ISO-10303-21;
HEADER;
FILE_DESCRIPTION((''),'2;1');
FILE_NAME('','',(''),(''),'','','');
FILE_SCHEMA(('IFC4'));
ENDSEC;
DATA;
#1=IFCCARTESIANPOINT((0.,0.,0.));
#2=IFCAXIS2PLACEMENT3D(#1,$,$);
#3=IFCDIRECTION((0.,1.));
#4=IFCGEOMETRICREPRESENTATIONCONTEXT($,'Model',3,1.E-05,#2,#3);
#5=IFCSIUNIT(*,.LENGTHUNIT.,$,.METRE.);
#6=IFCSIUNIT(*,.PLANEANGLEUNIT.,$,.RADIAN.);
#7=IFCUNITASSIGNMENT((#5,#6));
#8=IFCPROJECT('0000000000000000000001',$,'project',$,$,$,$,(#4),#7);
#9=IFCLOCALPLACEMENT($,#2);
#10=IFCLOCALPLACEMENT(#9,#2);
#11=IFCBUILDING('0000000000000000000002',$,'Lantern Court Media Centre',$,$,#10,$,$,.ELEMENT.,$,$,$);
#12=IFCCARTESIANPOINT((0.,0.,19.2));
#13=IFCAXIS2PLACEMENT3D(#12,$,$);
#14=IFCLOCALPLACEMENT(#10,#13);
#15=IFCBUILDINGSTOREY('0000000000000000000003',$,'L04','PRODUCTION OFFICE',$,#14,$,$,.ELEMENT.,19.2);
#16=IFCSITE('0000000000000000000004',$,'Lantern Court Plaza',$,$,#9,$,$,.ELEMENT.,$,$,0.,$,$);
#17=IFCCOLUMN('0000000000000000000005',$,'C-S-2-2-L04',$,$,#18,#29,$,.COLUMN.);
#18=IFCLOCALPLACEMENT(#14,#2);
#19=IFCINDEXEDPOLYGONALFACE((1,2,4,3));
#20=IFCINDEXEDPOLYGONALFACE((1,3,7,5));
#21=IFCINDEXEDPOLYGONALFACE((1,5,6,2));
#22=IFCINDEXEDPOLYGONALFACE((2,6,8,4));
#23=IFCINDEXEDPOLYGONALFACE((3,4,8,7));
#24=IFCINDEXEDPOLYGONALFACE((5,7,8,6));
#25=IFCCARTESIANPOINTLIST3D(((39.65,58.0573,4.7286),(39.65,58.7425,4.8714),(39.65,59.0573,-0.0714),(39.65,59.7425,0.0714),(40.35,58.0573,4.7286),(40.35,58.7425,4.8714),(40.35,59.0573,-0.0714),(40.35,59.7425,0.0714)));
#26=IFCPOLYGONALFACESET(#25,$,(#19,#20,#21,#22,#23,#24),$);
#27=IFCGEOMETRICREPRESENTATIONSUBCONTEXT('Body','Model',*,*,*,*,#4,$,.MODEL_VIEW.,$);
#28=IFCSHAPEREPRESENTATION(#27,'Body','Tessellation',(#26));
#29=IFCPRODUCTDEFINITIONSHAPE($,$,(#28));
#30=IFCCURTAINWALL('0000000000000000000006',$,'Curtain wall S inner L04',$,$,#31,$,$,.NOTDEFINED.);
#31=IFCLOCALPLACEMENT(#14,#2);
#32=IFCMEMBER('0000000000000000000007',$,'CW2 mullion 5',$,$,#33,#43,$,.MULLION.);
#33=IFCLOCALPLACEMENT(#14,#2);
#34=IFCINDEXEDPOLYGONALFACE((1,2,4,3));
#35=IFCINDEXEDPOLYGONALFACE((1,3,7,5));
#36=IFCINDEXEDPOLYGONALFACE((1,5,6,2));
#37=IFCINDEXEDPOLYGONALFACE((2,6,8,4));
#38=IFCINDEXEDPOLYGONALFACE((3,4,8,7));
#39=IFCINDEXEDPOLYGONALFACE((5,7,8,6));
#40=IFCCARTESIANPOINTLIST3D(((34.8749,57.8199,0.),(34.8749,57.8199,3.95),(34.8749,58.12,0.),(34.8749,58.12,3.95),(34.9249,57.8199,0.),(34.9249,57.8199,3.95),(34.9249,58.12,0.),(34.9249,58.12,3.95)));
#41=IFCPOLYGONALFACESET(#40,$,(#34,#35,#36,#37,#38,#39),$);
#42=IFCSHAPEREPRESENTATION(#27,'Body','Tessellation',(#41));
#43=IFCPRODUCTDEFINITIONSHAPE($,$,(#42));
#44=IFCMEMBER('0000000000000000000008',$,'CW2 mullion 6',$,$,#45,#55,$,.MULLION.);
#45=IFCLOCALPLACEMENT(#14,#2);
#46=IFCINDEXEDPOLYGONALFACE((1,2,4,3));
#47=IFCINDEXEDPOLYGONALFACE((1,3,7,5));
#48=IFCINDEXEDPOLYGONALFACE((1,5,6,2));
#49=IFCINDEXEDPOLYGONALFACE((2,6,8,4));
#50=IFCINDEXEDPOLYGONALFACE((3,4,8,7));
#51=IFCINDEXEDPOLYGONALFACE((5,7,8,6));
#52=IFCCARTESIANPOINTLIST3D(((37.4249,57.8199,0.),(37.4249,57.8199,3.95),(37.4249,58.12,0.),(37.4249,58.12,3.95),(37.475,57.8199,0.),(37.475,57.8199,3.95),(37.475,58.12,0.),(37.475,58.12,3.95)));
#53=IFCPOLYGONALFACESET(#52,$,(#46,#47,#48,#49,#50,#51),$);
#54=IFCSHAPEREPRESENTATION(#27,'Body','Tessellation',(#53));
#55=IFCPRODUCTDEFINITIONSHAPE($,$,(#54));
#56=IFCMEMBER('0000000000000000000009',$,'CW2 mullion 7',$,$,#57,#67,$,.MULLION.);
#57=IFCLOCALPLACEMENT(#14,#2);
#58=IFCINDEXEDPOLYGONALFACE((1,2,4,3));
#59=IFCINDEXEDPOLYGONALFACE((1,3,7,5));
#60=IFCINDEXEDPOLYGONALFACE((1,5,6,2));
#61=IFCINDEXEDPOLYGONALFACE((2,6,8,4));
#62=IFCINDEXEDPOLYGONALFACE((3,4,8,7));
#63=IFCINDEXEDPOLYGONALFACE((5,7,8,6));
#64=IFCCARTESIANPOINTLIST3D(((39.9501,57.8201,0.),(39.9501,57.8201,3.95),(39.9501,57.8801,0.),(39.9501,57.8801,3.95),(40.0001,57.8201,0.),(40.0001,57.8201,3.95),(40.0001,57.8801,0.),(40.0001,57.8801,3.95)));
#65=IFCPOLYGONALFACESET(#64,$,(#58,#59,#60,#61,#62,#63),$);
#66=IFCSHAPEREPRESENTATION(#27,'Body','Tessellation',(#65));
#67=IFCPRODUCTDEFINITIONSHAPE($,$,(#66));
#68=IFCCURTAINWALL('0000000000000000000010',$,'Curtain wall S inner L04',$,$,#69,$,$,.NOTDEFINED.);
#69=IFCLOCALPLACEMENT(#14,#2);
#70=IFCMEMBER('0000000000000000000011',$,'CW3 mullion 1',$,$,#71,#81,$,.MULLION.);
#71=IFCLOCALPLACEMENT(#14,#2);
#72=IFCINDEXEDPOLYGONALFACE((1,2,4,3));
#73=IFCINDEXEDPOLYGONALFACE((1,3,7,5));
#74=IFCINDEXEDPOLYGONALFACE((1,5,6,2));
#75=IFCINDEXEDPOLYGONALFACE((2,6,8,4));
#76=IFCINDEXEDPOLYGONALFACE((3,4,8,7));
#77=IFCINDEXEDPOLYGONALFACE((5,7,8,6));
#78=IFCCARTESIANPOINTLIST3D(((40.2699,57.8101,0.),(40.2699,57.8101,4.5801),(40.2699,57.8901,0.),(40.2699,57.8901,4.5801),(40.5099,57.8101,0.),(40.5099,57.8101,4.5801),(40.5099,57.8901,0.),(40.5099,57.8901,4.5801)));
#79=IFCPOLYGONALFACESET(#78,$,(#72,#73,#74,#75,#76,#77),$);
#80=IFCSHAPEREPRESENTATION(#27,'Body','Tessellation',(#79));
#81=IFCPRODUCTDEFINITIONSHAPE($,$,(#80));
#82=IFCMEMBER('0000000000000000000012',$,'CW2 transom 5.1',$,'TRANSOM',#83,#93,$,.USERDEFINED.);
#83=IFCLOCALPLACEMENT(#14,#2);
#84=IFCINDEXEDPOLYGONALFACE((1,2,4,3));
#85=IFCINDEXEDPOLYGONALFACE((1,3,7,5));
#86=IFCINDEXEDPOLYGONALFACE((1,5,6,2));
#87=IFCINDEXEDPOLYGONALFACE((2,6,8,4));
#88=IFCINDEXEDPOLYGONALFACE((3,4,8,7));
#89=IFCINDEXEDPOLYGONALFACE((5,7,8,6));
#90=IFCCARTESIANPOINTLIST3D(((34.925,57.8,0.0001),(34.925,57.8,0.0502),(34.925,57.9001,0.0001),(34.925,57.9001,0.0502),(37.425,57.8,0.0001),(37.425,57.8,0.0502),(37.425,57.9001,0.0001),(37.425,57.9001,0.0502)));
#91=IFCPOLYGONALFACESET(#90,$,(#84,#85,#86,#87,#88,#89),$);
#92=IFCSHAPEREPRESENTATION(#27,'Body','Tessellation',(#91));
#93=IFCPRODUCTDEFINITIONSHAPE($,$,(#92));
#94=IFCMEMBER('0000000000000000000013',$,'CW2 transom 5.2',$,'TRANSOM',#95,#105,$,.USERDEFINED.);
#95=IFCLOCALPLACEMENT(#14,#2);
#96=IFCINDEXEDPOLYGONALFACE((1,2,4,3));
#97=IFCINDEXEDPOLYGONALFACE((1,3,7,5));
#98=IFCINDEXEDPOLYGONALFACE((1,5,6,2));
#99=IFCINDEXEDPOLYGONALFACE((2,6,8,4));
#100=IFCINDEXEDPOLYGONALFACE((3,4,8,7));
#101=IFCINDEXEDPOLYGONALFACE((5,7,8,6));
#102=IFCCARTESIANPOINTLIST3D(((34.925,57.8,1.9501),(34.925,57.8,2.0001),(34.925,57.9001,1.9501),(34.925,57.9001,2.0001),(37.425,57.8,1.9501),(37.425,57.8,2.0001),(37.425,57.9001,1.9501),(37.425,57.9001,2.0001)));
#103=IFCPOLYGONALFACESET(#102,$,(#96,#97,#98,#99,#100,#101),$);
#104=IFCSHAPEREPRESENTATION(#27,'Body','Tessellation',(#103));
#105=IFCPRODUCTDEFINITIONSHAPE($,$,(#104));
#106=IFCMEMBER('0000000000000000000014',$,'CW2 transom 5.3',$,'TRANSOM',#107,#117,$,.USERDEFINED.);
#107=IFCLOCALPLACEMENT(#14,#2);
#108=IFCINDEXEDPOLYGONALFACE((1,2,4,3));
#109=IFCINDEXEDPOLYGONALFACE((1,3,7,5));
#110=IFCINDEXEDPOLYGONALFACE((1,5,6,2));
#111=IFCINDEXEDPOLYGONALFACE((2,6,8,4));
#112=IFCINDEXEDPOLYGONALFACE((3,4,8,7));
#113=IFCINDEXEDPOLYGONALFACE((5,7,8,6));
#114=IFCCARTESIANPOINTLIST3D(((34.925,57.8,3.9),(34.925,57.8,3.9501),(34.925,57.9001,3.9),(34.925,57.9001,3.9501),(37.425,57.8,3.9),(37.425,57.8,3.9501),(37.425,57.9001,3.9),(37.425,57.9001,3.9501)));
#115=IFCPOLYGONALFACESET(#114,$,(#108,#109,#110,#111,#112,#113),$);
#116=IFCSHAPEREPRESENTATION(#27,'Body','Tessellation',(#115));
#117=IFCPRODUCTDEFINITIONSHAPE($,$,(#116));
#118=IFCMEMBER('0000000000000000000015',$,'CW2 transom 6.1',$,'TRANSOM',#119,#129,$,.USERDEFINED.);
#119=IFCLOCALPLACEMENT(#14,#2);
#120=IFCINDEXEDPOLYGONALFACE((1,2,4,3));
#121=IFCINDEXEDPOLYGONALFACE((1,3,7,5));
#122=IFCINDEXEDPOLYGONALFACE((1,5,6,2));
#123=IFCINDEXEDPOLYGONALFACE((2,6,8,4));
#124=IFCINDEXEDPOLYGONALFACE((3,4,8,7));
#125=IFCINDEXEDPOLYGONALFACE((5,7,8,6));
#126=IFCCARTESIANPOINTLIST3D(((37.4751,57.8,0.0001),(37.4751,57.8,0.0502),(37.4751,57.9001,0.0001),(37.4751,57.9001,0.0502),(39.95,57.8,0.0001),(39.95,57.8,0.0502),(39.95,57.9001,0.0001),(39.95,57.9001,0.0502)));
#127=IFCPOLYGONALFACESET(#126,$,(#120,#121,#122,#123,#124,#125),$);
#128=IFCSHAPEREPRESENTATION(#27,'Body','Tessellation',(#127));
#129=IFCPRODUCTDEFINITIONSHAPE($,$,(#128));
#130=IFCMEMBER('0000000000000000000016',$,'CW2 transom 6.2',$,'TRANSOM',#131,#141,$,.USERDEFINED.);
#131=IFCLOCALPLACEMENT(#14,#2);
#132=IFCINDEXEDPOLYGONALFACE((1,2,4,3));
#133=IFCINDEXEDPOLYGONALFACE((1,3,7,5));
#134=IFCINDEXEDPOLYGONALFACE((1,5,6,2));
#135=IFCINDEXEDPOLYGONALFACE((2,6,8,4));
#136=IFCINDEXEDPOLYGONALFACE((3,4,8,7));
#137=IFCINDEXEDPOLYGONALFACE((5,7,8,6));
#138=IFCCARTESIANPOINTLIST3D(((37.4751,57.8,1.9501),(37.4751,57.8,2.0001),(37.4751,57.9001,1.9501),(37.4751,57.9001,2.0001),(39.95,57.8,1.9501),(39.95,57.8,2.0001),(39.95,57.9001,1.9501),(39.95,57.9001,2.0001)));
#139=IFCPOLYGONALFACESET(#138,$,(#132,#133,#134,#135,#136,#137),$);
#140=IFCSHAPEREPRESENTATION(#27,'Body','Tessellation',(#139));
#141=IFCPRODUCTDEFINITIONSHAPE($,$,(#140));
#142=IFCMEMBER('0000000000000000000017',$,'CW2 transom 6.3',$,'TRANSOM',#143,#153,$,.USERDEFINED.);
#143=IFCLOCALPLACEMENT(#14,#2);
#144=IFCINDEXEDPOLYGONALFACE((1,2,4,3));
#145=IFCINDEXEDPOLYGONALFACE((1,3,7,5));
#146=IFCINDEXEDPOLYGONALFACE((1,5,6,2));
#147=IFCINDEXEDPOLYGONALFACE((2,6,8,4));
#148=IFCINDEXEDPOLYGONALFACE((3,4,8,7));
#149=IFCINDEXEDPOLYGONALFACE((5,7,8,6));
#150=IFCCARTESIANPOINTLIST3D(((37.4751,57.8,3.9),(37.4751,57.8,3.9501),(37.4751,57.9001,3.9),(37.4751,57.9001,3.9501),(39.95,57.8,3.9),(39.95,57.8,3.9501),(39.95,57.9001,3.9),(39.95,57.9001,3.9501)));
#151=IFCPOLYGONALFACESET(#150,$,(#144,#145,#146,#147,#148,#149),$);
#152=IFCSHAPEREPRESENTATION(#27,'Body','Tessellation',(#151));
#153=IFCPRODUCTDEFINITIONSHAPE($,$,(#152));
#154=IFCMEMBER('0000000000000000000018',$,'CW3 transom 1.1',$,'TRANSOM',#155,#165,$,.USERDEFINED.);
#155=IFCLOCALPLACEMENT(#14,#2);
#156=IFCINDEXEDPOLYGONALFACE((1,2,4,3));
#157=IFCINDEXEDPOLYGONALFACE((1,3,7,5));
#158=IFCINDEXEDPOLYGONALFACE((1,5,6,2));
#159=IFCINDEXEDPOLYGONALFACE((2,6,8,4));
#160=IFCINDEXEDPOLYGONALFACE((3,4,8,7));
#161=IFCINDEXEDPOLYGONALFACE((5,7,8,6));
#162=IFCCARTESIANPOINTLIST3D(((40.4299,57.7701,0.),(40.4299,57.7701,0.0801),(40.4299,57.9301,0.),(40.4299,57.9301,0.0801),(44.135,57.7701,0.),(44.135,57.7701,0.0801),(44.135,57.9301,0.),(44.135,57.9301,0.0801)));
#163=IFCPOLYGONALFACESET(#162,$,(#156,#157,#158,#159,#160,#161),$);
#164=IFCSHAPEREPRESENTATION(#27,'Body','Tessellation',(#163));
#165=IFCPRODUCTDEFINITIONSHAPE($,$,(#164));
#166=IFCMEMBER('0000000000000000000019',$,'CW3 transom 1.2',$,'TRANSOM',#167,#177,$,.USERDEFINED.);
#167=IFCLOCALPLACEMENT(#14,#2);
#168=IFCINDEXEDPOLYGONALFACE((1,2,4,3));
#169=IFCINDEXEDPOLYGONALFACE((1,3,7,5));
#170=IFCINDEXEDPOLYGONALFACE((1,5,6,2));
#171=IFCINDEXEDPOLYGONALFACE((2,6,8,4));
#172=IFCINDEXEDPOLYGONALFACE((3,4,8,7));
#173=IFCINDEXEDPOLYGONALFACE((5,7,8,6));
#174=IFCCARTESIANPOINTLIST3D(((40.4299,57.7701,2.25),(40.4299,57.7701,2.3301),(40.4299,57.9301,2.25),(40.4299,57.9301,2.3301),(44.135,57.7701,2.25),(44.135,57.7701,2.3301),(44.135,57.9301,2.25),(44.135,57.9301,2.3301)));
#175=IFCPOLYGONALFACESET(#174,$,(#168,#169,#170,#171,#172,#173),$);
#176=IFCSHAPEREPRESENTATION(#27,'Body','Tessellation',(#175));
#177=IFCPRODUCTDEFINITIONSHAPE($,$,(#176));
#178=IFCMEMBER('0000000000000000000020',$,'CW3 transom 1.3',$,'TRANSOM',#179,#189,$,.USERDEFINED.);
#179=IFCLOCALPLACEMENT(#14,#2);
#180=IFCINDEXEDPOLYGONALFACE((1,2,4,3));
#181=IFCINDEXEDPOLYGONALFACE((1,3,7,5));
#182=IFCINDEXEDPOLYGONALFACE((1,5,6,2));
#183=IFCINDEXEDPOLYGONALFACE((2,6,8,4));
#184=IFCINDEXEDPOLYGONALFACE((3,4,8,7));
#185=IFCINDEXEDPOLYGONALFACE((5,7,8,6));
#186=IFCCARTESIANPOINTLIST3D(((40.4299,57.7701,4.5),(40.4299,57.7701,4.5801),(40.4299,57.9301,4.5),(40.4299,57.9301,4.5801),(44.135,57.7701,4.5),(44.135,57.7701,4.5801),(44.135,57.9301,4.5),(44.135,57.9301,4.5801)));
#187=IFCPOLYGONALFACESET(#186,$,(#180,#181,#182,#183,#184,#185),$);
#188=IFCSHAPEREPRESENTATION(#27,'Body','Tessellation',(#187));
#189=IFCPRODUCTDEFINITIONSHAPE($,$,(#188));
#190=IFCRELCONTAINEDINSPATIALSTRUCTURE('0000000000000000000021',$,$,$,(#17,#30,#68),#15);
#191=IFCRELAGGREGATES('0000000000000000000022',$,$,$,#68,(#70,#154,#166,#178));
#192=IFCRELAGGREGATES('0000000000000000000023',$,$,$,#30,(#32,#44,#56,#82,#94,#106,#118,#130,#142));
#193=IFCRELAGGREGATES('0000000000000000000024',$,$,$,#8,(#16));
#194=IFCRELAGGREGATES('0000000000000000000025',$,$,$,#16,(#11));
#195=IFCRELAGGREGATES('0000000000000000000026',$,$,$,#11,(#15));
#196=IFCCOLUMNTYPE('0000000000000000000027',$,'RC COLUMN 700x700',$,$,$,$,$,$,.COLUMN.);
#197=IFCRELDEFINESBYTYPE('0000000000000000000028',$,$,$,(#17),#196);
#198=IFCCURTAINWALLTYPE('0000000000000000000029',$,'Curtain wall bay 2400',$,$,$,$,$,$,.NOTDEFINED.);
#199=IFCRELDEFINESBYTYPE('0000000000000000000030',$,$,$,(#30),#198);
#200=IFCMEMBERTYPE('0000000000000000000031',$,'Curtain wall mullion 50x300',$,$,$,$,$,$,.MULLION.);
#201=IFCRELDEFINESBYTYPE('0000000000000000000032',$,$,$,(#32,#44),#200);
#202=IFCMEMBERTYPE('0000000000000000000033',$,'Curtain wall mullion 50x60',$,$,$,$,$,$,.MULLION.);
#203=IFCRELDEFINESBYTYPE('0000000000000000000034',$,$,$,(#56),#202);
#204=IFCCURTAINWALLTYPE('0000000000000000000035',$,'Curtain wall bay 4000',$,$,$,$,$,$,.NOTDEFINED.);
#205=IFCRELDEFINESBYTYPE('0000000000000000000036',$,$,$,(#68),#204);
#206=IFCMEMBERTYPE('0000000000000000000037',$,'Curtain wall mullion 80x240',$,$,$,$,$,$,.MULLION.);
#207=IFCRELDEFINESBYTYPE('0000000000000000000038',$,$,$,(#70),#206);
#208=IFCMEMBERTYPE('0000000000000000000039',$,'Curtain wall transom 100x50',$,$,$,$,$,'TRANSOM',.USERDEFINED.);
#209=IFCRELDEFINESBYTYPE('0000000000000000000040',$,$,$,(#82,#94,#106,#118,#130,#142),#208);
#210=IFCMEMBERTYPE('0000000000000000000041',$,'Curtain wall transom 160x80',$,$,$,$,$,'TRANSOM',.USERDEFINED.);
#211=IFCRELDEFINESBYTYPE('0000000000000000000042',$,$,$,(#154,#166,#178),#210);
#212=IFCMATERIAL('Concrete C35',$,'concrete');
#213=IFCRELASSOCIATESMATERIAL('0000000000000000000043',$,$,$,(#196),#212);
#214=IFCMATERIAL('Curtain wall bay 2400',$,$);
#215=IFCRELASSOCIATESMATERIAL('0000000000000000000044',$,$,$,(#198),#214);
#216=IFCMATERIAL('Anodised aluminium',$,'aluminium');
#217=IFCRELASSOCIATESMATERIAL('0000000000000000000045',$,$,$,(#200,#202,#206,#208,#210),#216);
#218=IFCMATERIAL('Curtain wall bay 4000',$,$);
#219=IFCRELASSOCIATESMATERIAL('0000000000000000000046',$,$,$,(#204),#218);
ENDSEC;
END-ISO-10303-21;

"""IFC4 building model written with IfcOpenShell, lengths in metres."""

from ifc_helpers import new_model, si_unit, direction, frame, origin, origin_2d, place, context, subcontext, project, spatial, rectangle, extrude, material, material_profile, profile_set, type_object, element, aggregate, save


model = new_model("IFC4")

# Units and contexts
model_context = context("Model", 3, precision=1e-05, world=origin(), true_north=direction((0.0, 1.0)))
body_context = subcontext(model_context, "Body", "Model", "MODEL_VIEW")
ifc_project = project(units=[si_unit("LENGTHUNIT", "METRE"), si_unit("PLANEANGLEUNIT", "RADIAN")], contexts=[model_context])

# Site, building, storey
site_placement = place(None, origin())
site = spatial("IfcSite", under=ifc_project, at=site_placement, Name="Lantern Court Plaza", CompositionType="ELEMENT", RefElevation=0.0)
building_placement = place(site_placement, origin())
building = spatial("IfcBuilding", under=site, at=building_placement, Name="Lantern Court Media Centre", CompositionType="ELEMENT")
storey_placement = place(building_placement, frame((0.0, 0.0, 19.2)))
storey = spatial("IfcBuildingStorey", under=building, at=storey_placement, Name="L04", Description="PRODUCTION OFFICE", CompositionType="ELEMENT", Elevation=19.2)

# Column
ifc_material_1 = material(Name="Concrete C35", Category="concrete")
ifc_material_profile_1 = material_profile(ifc_material_1, rectangle(XDim=0.7, YDim=0.7, at=origin_2d()), Name="RC 700x700")
ifc_profile_set_1 = profile_set([ifc_material_profile_1], Name="Concrete C35")
column_type = type_object("IfcColumnType", Name="RC COLUMN 700x700", PredefinedType="COLUMN", material=ifc_profile_set_1)
column_placement = place(storey_placement, frame((40.0, 59.3999, 0.0), z_axis=(0.0, -0.203952, 0.978981), x_axis=(1.0, 0.0, 0.0)))
element("IfcColumn", 1, at=column_placement, inside=storey, type_object=column_type, Name="C-S-2-2-L04", PredefinedType="COLUMN", context=body_context, shape_type="SweptSolid", body=[
    extrude(rectangle(XDim=0.7, YDim=0.7, at=origin_2d()), origin(), (0.0, 0.0, 1.0), 4.9031),
])

# Curtain wall, members
ifc_material_2 = material(Name="Curtain wall bay 2400")
curtain_wall_type_1 = type_object("IfcCurtainWallType", Name="Curtain wall bay 2400", PredefinedType="NOTDEFINED", material=ifc_material_2)
curtain_wall_1_placement = place(storey_placement, origin())
curtain_wall_1 = element("IfcCurtainWall", 2, at=curtain_wall_1_placement, inside=storey, type_object=curtain_wall_type_1, Name="Curtain wall S inner L04", PredefinedType="NOTDEFINED")
ifc_material_3 = material(Name="Anodised aluminium", Category="aluminium")
ifc_material_profile_2 = material_profile(ifc_material_3, rectangle(XDim=0.3, YDim=0.05, at=origin_2d()), Name="AL 50x300")
ifc_profile_set_2 = profile_set([ifc_material_profile_2], Name="Anodised aluminium")
member_type_1 = type_object("IfcMemberType", Name="Curtain wall mullion 50x300", PredefinedType="MULLION", material=ifc_profile_set_2)
member_1_placement = place(storey_placement, frame((34.8999, 57.97, 0.0), z_axis=(0.0, 0.0, 1.0), x_axis=(0.0, 1.0, 0.0)))
member_1 = element("IfcMember", 3, at=member_1_placement, type_object=member_type_1, Name="CW2 mullion 5", PredefinedType="MULLION", context=body_context, shape_type="SweptSolid", body=[
    extrude(rectangle(XDim=0.3, YDim=0.05, at=origin_2d()), origin(), (0.0, 0.0, 1.0), 3.95),
])
member_2_placement = place(storey_placement, frame((37.45, 57.97, 0.0), z_axis=(0.0, 0.0, 1.0), x_axis=(0.0, 1.0, 0.0)))
member_2 = element("IfcMember", 4, at=member_2_placement, type_object=member_type_1, Name="CW2 mullion 6", PredefinedType="MULLION", context=body_context, shape_type="SweptSolid", body=[
    extrude(rectangle(XDim=0.3, YDim=0.05, at=origin_2d()), origin(), (0.0, 0.0, 1.0), 3.95),
])
ifc_material_profile_3 = material_profile(ifc_material_3, rectangle(XDim=0.0601, YDim=0.05, at=origin_2d()), Name="AL 50x60")
ifc_profile_set_3 = profile_set([ifc_material_profile_3], Name="Anodised aluminium")
member_type_2 = type_object("IfcMemberType", Name="Curtain wall mullion 50x60", PredefinedType="MULLION", material=ifc_profile_set_3)
member_3_placement = place(storey_placement, frame((39.9751, 57.8501, 0.0), z_axis=(0.0, 0.0, 1.0), x_axis=(0.0, 1.0, 0.0)))
member_3 = element("IfcMember", 5, at=member_3_placement, type_object=member_type_2, Name="CW2 mullion 7", PredefinedType="MULLION", context=body_context, shape_type="SweptSolid", body=[
    extrude(rectangle(XDim=0.0601, YDim=0.05, at=origin_2d()), origin(), (0.0, 0.0, 1.0), 3.95),
])

# Curtain wall, member
ifc_material_4 = material(Name="Curtain wall bay 4000")
curtain_wall_type_2 = type_object("IfcCurtainWallType", Name="Curtain wall bay 4000", PredefinedType="NOTDEFINED", material=ifc_material_4)
curtain_wall_2_placement = place(storey_placement, origin())
curtain_wall_2 = element("IfcCurtainWall", 6, at=curtain_wall_2_placement, inside=storey, type_object=curtain_wall_type_2, Name="Curtain wall S inner L04", PredefinedType="NOTDEFINED")
ifc_material_profile_4 = material_profile(ifc_material_3, rectangle(XDim=0.0801, YDim=0.24, at=origin_2d()), Name="AL 80x240")
ifc_profile_set_4 = profile_set([ifc_material_profile_4], Name="Anodised aluminium")
member_type_3 = type_object("IfcMemberType", Name="Curtain wall mullion 80x240", PredefinedType="MULLION", material=ifc_profile_set_4)
member_4_placement = place(storey_placement, frame((40.3899, 57.8501, 0.0), z_axis=(0.0, 0.0, 1.0), x_axis=(0.0, 1.0, 0.0)))
member_4 = element("IfcMember", 7, at=member_4_placement, type_object=member_type_3, Name="CW3 mullion 1", PredefinedType="MULLION", context=body_context, shape_type="SweptSolid", body=[
    extrude(rectangle(XDim=0.0801, YDim=0.24, at=origin_2d()), origin(), (0.0, 0.0, 1.0), 4.5801),
])

# Members
ifc_material_profile_5 = material_profile(ifc_material_3, rectangle(XDim=0.1001, YDim=0.05, at=origin_2d()), Name="AL 50x100")
ifc_profile_set_5 = profile_set([ifc_material_profile_5], Name="Anodised aluminium")
member_type_4 = type_object("IfcMemberType", Name="Curtain wall transom 100x50", ElementType="TRANSOM", PredefinedType="USERDEFINED", material=ifc_profile_set_5)
member_5_placement = place(storey_placement, frame((34.925, 57.8501, 0.0251), z_axis=(1.0, 0.0, 0.0), x_axis=(0.0, 1.0, 0.0)))
member_5 = element("IfcMember", 8, at=member_5_placement, type_object=member_type_4, Name="CW2 transom 5.1", ObjectType="TRANSOM", PredefinedType="USERDEFINED", context=body_context, shape_type="SweptSolid", body=[
    extrude(rectangle(XDim=0.1001, YDim=0.05, at=origin_2d()), origin(), (0.0, 0.0, 1.0), 2.5),
])
member_6_placement = place(storey_placement, frame((34.925, 57.8501, 1.9751), z_axis=(1.0, 0.0, 0.0), x_axis=(0.0, 1.0, 0.0)))
member_6 = element("IfcMember", 9, at=member_6_placement, type_object=member_type_4, Name="CW2 transom 5.2", ObjectType="TRANSOM", PredefinedType="USERDEFINED", context=body_context, shape_type="SweptSolid", body=[
    extrude(rectangle(XDim=0.1001, YDim=0.05, at=origin_2d()), origin(), (0.0, 0.0, 1.0), 2.5),
])
member_7_placement = place(storey_placement, frame((34.925, 57.8501, 3.925), z_axis=(1.0, 0.0, 0.0), x_axis=(0.0, 1.0, 0.0)))
member_7 = element("IfcMember", 10, at=member_7_placement, type_object=member_type_4, Name="CW2 transom 5.3", ObjectType="TRANSOM", PredefinedType="USERDEFINED", context=body_context, shape_type="SweptSolid", body=[
    extrude(rectangle(XDim=0.1001, YDim=0.05, at=origin_2d()), origin(), (0.0, 0.0, 1.0), 2.5),
])
member_8_placement = place(storey_placement, frame((37.4751, 57.8501, 0.0251), z_axis=(1.0, 0.0, 0.0), x_axis=(0.0, 1.0, 0.0)))
member_8 = element("IfcMember", 11, at=member_8_placement, type_object=member_type_4, Name="CW2 transom 6.1", ObjectType="TRANSOM", PredefinedType="USERDEFINED", context=body_context, shape_type="SweptSolid", body=[
    extrude(rectangle(XDim=0.1001, YDim=0.05, at=origin_2d()), origin(), (0.0, 0.0, 1.0), 2.4749),
])
member_9_placement = place(storey_placement, frame((37.4751, 57.8501, 1.9751), z_axis=(1.0, 0.0, 0.0), x_axis=(0.0, 1.0, 0.0)))
member_9 = element("IfcMember", 12, at=member_9_placement, type_object=member_type_4, Name="CW2 transom 6.2", ObjectType="TRANSOM", PredefinedType="USERDEFINED", context=body_context, shape_type="SweptSolid", body=[
    extrude(rectangle(XDim=0.1001, YDim=0.05, at=origin_2d()), origin(), (0.0, 0.0, 1.0), 2.4749),
])
member_10_placement = place(storey_placement, frame((37.4751, 57.8501, 3.925), z_axis=(1.0, 0.0, 0.0), x_axis=(0.0, 1.0, 0.0)))
member_10 = element("IfcMember", 13, at=member_10_placement, type_object=member_type_4, Name="CW2 transom 6.3", ObjectType="TRANSOM", PredefinedType="USERDEFINED", context=body_context, shape_type="SweptSolid", body=[
    extrude(rectangle(XDim=0.1001, YDim=0.05, at=origin_2d()), origin(), (0.0, 0.0, 1.0), 2.4749),
])
ifc_material_profile_6 = material_profile(ifc_material_3, rectangle(XDim=0.1599, YDim=0.0801, at=origin_2d()), Name="AL 80x160")
ifc_profile_set_6 = profile_set([ifc_material_profile_6], Name="Anodised aluminium")
member_type_5 = type_object("IfcMemberType", Name="Curtain wall transom 160x80", ElementType="TRANSOM", PredefinedType="USERDEFINED", material=ifc_profile_set_6)
member_11_placement = place(storey_placement, frame((40.4299, 57.8501, 0.04), z_axis=(1.0, 0.0, 0.0), x_axis=(0.0, 1.0, 0.0)))
member_11 = element("IfcMember", 14, at=member_11_placement, type_object=member_type_5, Name="CW3 transom 1.1", ObjectType="TRANSOM", PredefinedType="USERDEFINED", context=body_context, shape_type="SweptSolid", body=[
    extrude(rectangle(XDim=0.1599, YDim=0.0801, at=origin_2d()), origin(), (0.0, 0.0, 1.0), 3.7051),
])
member_12_placement = place(storey_placement, frame((40.4299, 57.8501, 2.29), z_axis=(1.0, 0.0, 0.0), x_axis=(0.0, 1.0, 0.0)))
member_12 = element("IfcMember", 15, at=member_12_placement, type_object=member_type_5, Name="CW3 transom 1.2", ObjectType="TRANSOM", PredefinedType="USERDEFINED", context=body_context, shape_type="SweptSolid", body=[
    extrude(rectangle(XDim=0.1599, YDim=0.0801, at=origin_2d()), origin(), (0.0, 0.0, 1.0), 3.7051),
])
member_13_placement = place(storey_placement, frame((40.4299, 57.8501, 4.54), z_axis=(1.0, 0.0, 0.0), x_axis=(0.0, 1.0, 0.0)))
member_13 = element("IfcMember", 16, at=member_13_placement, type_object=member_type_5, Name="CW3 transom 1.3", ObjectType="TRANSOM", PredefinedType="USERDEFINED", context=body_context, shape_type="SweptSolid", body=[
    extrude(rectangle(XDim=0.1599, YDim=0.0801, at=origin_2d()), origin(), (0.0, 0.0, 1.0), 3.7051),
])
aggregate(curtain_wall_2, [member_4, member_11, member_12, member_13])

aggregate(curtain_wall_1, [member_1, member_2, member_3, member_5, member_6, member_7, member_8, member_9, member_10])

save(model, "model.ifc")
